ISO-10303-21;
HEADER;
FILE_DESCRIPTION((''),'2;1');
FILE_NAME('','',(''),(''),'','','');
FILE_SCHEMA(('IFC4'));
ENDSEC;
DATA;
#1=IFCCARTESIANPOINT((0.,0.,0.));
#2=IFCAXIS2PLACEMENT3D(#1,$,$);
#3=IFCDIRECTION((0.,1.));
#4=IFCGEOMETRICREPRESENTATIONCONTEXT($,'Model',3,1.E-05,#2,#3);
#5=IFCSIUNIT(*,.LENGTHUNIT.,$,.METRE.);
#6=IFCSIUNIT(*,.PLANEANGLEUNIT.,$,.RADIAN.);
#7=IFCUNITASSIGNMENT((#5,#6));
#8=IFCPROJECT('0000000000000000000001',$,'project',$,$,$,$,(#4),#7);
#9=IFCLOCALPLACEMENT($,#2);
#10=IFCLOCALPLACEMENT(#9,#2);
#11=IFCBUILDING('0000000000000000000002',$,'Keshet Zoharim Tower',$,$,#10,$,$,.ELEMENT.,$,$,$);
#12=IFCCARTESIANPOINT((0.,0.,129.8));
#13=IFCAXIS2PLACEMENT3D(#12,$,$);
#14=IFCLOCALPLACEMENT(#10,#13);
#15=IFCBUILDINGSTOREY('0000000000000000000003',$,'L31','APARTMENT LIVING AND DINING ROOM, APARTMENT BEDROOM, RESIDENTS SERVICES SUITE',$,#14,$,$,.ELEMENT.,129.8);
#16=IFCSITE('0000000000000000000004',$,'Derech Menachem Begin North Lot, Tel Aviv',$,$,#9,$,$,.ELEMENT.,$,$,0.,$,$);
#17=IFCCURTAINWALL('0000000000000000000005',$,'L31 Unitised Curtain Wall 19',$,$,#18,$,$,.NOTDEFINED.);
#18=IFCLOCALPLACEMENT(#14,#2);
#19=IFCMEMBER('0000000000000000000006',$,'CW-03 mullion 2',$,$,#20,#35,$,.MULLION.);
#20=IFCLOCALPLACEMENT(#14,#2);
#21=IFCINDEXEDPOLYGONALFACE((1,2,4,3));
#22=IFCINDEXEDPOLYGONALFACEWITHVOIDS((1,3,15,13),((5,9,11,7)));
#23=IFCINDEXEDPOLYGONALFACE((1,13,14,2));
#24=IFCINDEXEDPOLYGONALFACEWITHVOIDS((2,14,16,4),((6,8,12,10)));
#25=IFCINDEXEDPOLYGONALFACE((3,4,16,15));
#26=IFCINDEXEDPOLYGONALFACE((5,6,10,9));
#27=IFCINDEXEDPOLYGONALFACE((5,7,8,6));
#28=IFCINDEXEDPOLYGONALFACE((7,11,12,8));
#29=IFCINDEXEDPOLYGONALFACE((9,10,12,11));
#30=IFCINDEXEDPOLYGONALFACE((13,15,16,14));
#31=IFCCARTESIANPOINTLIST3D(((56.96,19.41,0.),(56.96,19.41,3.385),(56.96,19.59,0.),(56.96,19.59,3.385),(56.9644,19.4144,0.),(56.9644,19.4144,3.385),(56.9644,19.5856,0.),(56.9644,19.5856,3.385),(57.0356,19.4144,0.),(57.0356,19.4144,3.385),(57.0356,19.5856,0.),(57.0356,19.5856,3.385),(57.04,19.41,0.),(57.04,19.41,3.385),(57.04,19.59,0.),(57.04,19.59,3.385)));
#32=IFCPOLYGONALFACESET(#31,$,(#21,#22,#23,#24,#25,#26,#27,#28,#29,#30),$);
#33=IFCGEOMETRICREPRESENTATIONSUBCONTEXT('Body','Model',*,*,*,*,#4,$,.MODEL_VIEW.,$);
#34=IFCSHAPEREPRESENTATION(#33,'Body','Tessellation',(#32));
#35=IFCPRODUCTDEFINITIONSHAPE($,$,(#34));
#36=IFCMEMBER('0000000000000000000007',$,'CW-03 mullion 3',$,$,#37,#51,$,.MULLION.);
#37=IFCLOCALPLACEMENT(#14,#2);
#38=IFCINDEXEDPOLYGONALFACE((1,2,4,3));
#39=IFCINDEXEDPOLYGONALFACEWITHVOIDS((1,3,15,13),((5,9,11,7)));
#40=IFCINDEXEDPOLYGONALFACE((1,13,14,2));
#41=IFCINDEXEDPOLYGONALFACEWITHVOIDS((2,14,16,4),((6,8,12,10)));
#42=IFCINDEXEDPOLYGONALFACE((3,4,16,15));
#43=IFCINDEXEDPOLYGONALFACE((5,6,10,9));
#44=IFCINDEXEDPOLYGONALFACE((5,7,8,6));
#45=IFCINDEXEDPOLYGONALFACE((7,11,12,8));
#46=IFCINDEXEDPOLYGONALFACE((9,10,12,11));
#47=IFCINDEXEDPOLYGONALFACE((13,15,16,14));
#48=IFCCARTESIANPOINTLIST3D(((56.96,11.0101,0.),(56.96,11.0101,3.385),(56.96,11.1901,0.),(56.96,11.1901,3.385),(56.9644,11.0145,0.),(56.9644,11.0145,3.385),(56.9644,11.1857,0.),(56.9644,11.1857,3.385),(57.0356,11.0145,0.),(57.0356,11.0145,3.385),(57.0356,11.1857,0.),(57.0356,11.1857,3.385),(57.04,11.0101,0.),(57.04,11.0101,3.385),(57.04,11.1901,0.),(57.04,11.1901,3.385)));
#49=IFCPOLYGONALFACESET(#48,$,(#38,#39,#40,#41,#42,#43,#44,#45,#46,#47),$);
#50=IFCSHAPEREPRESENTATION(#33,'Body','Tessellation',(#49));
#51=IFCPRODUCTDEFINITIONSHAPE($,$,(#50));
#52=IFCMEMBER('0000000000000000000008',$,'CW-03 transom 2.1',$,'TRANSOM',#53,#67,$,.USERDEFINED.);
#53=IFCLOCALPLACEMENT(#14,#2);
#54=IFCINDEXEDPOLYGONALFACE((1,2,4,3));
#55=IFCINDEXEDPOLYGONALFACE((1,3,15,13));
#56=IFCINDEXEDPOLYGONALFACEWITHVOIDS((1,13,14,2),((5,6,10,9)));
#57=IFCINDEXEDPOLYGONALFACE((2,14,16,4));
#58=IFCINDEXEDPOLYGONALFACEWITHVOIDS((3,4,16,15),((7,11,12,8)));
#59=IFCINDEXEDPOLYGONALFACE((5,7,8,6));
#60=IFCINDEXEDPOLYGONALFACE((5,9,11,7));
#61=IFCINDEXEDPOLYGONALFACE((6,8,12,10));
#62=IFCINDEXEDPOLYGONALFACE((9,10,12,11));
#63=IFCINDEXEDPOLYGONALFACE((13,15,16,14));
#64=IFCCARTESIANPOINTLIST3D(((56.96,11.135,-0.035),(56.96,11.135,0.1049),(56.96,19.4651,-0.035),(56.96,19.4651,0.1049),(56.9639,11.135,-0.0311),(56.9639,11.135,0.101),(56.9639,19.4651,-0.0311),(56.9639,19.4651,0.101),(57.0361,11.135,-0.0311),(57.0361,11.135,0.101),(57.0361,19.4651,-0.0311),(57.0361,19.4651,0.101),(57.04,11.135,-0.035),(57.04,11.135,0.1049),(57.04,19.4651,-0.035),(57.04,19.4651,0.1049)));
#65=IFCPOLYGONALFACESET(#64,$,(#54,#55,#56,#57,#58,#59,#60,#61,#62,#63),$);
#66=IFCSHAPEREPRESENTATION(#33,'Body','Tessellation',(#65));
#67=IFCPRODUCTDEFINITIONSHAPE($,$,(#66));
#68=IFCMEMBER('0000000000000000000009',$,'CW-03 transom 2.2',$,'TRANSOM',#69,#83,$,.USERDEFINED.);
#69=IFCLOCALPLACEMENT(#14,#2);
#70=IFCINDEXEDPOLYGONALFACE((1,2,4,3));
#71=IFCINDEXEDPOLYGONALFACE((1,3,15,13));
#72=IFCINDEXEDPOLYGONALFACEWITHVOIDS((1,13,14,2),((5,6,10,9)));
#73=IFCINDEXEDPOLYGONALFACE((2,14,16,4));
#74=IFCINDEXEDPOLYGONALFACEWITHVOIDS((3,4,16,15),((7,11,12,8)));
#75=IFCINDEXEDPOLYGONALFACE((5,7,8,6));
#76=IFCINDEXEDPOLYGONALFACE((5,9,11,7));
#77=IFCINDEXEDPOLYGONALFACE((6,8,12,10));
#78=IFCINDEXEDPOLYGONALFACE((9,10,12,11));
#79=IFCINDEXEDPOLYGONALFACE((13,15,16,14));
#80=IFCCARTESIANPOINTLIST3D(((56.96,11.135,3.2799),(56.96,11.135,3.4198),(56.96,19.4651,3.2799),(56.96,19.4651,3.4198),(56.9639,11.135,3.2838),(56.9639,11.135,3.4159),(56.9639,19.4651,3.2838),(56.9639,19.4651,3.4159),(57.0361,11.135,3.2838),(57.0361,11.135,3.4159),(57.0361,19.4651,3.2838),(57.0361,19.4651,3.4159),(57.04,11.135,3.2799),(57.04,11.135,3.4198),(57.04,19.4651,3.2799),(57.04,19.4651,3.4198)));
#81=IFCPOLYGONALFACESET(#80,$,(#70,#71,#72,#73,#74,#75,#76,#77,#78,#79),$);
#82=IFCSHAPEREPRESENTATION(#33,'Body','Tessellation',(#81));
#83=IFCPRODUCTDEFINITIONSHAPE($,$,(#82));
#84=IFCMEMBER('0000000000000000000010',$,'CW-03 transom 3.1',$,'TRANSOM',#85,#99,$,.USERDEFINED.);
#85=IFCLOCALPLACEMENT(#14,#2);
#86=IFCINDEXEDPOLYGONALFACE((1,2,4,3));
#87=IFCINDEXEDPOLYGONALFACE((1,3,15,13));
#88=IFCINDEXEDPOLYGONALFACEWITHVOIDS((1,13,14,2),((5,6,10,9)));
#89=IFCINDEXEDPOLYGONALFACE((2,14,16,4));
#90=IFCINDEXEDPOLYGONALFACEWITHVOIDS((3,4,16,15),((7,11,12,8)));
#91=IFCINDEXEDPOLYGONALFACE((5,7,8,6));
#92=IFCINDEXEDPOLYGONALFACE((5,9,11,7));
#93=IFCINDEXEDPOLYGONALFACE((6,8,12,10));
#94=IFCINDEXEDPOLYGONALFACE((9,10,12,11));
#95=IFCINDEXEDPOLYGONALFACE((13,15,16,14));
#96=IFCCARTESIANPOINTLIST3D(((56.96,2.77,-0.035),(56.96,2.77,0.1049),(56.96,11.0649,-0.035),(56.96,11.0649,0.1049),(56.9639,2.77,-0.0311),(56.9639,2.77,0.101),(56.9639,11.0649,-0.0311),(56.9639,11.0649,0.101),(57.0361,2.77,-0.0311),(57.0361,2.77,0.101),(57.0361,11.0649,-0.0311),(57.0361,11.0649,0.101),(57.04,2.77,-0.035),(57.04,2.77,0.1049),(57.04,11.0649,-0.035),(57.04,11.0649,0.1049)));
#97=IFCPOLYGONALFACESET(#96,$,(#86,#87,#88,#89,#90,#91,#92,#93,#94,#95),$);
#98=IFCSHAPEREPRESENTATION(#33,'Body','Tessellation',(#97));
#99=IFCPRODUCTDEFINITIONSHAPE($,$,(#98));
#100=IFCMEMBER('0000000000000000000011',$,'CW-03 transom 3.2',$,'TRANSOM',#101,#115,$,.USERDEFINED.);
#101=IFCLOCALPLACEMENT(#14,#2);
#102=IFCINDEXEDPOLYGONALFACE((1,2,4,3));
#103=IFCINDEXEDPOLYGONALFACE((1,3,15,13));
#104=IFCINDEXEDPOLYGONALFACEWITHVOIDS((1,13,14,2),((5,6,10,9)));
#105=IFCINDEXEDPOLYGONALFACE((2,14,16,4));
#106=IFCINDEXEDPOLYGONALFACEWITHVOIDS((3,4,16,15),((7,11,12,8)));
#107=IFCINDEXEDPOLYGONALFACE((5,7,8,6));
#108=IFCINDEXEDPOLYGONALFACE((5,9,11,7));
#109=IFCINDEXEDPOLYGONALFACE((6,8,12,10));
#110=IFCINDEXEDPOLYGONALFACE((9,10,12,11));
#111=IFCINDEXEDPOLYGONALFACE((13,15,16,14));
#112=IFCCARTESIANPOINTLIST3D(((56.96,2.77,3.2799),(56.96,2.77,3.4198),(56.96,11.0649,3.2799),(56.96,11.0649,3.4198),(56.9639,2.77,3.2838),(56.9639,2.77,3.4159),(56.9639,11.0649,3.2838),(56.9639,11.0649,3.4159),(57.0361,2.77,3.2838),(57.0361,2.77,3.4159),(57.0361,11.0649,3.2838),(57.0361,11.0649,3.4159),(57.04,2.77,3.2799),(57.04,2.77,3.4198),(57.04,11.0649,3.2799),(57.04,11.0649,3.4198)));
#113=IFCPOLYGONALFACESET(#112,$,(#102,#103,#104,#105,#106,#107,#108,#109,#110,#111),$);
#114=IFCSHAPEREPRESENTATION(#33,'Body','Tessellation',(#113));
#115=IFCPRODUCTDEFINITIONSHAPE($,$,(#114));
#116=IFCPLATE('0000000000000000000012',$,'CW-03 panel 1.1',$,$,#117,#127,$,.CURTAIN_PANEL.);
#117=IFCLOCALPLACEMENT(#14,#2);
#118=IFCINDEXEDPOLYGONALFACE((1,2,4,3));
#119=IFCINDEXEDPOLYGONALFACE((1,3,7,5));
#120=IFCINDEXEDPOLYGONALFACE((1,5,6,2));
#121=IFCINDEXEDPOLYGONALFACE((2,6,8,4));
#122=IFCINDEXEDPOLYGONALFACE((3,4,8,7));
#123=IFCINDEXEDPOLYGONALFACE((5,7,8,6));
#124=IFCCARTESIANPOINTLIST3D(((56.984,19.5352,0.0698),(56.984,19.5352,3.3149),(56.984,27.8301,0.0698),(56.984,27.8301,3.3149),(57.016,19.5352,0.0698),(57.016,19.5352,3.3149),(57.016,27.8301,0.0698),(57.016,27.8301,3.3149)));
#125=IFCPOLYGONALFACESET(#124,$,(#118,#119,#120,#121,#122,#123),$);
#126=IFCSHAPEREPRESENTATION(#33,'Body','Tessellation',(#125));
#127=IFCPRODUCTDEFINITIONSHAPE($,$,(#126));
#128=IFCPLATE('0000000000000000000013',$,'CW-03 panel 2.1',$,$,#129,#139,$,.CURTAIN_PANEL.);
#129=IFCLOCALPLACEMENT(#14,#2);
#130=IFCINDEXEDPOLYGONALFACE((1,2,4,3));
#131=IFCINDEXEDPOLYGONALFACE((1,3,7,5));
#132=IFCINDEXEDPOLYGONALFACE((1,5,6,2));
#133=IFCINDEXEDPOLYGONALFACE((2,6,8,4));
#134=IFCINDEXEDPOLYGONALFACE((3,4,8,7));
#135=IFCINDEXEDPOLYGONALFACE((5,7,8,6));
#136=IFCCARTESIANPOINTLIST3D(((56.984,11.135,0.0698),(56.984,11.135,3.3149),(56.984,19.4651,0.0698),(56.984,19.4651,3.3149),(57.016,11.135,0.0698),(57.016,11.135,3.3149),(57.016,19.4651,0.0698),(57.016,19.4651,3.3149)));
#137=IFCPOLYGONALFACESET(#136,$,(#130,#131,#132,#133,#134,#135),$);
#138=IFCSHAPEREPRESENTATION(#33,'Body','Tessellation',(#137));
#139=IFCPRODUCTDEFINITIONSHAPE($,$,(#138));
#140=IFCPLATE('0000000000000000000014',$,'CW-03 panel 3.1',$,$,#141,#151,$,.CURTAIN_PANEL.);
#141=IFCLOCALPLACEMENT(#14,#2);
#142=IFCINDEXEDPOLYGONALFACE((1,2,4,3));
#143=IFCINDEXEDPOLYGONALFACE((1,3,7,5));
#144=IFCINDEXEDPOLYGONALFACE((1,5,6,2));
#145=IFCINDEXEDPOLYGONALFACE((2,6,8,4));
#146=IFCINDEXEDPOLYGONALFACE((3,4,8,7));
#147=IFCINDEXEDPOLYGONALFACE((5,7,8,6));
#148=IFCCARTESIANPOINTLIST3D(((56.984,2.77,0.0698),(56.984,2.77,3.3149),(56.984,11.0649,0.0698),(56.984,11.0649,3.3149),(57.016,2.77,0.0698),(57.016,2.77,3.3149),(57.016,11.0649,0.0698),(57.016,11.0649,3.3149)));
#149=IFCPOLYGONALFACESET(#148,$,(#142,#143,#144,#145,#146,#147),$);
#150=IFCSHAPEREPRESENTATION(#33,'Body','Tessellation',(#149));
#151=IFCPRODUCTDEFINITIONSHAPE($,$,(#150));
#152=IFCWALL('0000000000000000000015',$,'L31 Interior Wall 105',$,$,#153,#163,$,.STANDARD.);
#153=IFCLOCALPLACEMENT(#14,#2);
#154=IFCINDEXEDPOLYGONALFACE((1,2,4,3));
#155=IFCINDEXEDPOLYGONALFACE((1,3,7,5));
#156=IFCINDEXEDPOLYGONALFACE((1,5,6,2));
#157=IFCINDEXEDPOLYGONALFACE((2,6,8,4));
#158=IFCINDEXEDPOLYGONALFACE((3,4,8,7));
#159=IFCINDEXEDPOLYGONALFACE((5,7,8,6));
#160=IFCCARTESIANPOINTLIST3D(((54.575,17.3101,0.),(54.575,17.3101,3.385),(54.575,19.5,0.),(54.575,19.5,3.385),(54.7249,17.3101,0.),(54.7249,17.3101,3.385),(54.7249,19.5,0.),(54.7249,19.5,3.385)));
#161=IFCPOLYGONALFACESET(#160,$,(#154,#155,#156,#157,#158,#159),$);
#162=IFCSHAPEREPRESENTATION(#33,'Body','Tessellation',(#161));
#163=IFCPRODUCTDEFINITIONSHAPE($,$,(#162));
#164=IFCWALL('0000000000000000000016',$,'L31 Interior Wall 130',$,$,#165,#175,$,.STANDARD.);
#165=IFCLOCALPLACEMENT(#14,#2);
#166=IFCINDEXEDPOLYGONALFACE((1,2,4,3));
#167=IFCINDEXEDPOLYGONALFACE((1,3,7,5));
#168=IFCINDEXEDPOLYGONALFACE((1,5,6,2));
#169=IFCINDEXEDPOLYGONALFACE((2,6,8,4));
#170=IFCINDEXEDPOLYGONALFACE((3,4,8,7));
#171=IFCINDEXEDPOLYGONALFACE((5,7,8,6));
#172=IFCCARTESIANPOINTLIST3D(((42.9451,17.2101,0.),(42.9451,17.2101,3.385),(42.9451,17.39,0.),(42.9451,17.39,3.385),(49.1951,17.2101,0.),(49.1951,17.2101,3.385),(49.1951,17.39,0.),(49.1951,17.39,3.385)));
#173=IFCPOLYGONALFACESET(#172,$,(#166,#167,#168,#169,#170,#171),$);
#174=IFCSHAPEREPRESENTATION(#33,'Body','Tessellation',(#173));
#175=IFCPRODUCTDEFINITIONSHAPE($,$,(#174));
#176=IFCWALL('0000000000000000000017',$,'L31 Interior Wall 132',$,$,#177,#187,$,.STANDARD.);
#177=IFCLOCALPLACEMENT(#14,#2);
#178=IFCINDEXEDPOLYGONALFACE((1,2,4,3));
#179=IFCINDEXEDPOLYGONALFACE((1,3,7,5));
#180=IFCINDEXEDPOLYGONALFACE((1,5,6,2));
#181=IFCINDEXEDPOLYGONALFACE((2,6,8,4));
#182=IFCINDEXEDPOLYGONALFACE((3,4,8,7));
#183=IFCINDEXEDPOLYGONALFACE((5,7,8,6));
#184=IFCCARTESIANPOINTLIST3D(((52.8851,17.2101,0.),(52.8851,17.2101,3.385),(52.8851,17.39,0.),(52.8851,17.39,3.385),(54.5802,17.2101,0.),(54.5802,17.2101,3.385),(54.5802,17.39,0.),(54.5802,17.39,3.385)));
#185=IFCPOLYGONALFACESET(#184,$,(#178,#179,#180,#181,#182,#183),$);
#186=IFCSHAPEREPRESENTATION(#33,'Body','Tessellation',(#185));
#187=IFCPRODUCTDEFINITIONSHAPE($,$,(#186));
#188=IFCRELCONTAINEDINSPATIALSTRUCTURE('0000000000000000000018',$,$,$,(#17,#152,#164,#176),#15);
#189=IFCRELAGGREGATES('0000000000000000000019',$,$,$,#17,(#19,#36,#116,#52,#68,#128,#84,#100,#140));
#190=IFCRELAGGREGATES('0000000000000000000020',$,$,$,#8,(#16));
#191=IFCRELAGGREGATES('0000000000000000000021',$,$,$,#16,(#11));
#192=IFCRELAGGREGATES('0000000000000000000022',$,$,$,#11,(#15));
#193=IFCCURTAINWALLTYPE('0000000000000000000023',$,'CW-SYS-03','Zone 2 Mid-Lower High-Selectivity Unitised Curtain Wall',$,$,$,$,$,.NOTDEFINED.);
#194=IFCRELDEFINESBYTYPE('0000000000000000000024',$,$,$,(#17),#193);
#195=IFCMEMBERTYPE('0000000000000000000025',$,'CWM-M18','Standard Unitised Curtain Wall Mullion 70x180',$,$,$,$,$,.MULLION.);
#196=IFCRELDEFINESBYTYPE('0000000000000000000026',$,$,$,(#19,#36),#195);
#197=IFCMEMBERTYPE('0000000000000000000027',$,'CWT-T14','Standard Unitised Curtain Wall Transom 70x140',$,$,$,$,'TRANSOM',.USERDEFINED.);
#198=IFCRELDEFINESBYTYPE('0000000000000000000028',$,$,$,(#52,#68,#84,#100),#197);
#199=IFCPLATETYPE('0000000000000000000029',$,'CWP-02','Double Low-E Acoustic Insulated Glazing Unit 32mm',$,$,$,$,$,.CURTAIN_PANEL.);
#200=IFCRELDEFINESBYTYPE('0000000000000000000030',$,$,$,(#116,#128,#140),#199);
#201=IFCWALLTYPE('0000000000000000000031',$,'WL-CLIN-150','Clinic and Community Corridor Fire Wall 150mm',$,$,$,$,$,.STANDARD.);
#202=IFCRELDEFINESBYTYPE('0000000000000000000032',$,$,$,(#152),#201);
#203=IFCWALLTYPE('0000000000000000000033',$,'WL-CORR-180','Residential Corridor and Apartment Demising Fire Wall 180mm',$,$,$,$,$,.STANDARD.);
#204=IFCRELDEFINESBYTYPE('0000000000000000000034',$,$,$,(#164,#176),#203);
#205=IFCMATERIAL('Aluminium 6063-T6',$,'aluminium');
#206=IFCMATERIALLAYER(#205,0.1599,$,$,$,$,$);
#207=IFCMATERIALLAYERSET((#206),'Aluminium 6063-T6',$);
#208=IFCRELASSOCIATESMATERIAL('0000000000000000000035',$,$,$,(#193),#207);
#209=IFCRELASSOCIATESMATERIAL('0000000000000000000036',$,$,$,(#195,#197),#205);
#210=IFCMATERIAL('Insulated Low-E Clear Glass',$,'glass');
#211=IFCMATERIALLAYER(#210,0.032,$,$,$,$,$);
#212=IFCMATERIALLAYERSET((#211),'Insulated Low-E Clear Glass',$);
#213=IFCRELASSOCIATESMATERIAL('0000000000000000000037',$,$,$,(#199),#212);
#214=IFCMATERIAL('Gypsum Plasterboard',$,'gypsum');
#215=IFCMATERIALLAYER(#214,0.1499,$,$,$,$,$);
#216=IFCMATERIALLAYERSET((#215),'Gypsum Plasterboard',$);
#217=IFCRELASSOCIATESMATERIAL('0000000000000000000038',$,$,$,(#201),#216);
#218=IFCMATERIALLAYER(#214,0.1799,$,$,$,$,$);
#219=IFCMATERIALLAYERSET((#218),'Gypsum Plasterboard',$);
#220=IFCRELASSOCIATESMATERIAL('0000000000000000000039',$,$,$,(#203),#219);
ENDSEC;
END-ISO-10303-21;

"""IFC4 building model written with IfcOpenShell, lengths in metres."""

from ifc_helpers import new_model, si_unit, direction, frame, frame_2d, origin, origin_2d, place, context, subcontext, project, spatial, rectangle, hollow_rectangle, extrude, material, layer, layer_set, material_profile, profile_set, type_object, element, aggregate, save


model = new_model("IFC4")

# Units and contexts
model_context = context("Model", 3, precision=1e-05, world=origin(), true_north=direction((0.0, 1.0)))
body_context = subcontext(model_context, "Body", "Model", "MODEL_VIEW")
ifc_project = project(units=[si_unit("LENGTHUNIT", "METRE"), si_unit("PLANEANGLEUNIT", "RADIAN")], contexts=[model_context])

# Site, building, storey
site_placement = place(None, origin())
site = spatial("IfcSite", under=ifc_project, at=site_placement, Name="Derech Menachem Begin North Lot, Tel Aviv", CompositionType="ELEMENT", RefElevation=0.0)
building_placement = place(site_placement, origin())
building = spatial("IfcBuilding", under=site, at=building_placement, Name="Keshet Zoharim Tower", CompositionType="ELEMENT")
storey_placement = place(building_placement, frame((0.0, 0.0, 129.8)))
storey = spatial("IfcBuildingStorey", under=building, at=storey_placement, Name="L31", Description="APARTMENT LIVING AND DINING ROOM, APARTMENT BEDROOM, RESIDENTS SERVICES SUITE", CompositionType="ELEMENT", Elevation=129.8)

# Curtain wall, members, plates
ifc_material_1 = material(Name="Aluminium 6063-T6", Category="aluminium")
ifc_layer_1 = layer(ifc_material_1, 0.1599)
ifc_layer_set_1 = layer_set([ifc_layer_1], Name="Aluminium 6063-T6")
curtain_wall_type = type_object("IfcCurtainWallType", Name="CW-SYS-03", Description="Zone 2 Mid-Lower High-Selectivity Unitised Curtain Wall", PredefinedType="NOTDEFINED", material=ifc_layer_set_1)
curtain_wall_placement = place(storey_placement, origin())
curtain_wall = element("IfcCurtainWall", 1, at=curtain_wall_placement, inside=storey, type_object=curtain_wall_type, Name="L31 Unitised Curtain Wall 19", PredefinedType="NOTDEFINED")
ifc_material_profile_1 = material_profile(ifc_material_1, hollow_rectangle(XDim=0.0801, YDim=0.1799, WallThickness=0.0044, at=origin_2d()), Name="MUL-80x180")
ifc_profile_set_1 = profile_set([ifc_material_profile_1], Name="Aluminium 6063-T6")
member_type_1 = type_object("IfcMemberType", Name="CWM-M18", Description="Standard Unitised Curtain Wall Mullion 70x180", PredefinedType="MULLION", material=ifc_profile_set_1)
member_1_placement = place(storey_placement, frame((57.0, 19.5, 0.0), z_axis=(0.0, 0.0, 1.0), x_axis=(1.0, 0.0, 0.0)))
member_1 = element("IfcMember", 2, at=member_1_placement, type_object=member_type_1, Name="CW-03 mullion 2", PredefinedType="MULLION", context=body_context, shape_type="SweptSolid", body=[
    extrude(hollow_rectangle(XDim=0.0801, YDim=0.1799, WallThickness=0.0044, at=origin_2d()), origin(), (0.0, 0.0, 1.0), 3.385),
])
member_2_placement = place(storey_placement, frame((57.0, 11.1001, 0.0), z_axis=(0.0, 0.0, 1.0), x_axis=(1.0, 0.0, 0.0)))
member_2 = element("IfcMember", 3, at=member_2_placement, type_object=member_type_1, Name="CW-03 mullion 3", PredefinedType="MULLION", context=body_context, shape_type="SweptSolid", body=[
    extrude(hollow_rectangle(XDim=0.0801, YDim=0.1799, WallThickness=0.0044, at=origin_2d()), origin(), (0.0, 0.0, 1.0), 3.385),
])
ifc_material_profile_2 = material_profile(ifc_material_1, hollow_rectangle(XDim=0.0801, YDim=0.1399, WallThickness=0.0039, at=origin_2d()), Name="TRN-80x140")
ifc_profile_set_2 = profile_set([ifc_material_profile_2], Name="Aluminium 6063-T6")
member_type_2 = type_object("IfcMemberType", Name="CWT-T14", Description="Standard Unitised Curtain Wall Transom 70x140", ElementType="TRANSOM", PredefinedType="USERDEFINED", material=ifc_profile_set_2)
member_3_placement = place(storey_placement, frame((57.0, 19.4651, 0.0349), z_axis=(0.0, -1.0, 0.0), x_axis=(1.0, 0.0, 0.0)))
member_3 = element("IfcMember", 4, at=member_3_placement, type_object=member_type_2, Name="CW-03 transom 2.1", ObjectType="TRANSOM", PredefinedType="USERDEFINED", context=body_context, shape_type="SweptSolid", body=[
    extrude(hollow_rectangle(XDim=0.0801, YDim=0.1399, WallThickness=0.0039, at=origin_2d()), origin(), (0.0, 0.0, 1.0), 8.3301),
])
member_4_placement = place(storey_placement, frame((57.0, 19.4651, 3.3499), z_axis=(0.0, -1.0, 0.0), x_axis=(1.0, 0.0, 0.0)))
member_4 = element("IfcMember", 5, at=member_4_placement, type_object=member_type_2, Name="CW-03 transom 2.2", ObjectType="TRANSOM", PredefinedType="USERDEFINED", context=body_context, shape_type="SweptSolid", body=[
    extrude(hollow_rectangle(XDim=0.0801, YDim=0.1399, WallThickness=0.0039, at=origin_2d()), origin(), (0.0, 0.0, 1.0), 8.3301),
])
member_5_placement = place(storey_placement, frame((57.0, 11.0649, 0.0349), z_axis=(0.0, -1.0, 0.0), x_axis=(1.0, 0.0, 0.0)))
member_5 = element("IfcMember", 6, at=member_5_placement, type_object=member_type_2, Name="CW-03 transom 3.1", ObjectType="TRANSOM", PredefinedType="USERDEFINED", context=body_context, shape_type="SweptSolid", body=[
    extrude(hollow_rectangle(XDim=0.0801, YDim=0.1399, WallThickness=0.0039, at=origin_2d()), origin(), (0.0, 0.0, 1.0), 8.2949),
])
member_6_placement = place(storey_placement, frame((57.0, 11.0649, 3.3499), z_axis=(0.0, -1.0, 0.0), x_axis=(1.0, 0.0, 0.0)))
member_6 = element("IfcMember", 7, at=member_6_placement, type_object=member_type_2, Name="CW-03 transom 3.2", ObjectType="TRANSOM", PredefinedType="USERDEFINED", context=body_context, shape_type="SweptSolid", body=[
    extrude(hollow_rectangle(XDim=0.0801, YDim=0.1399, WallThickness=0.0039, at=origin_2d()), origin(), (0.0, 0.0, 1.0), 8.2949),
])
ifc_material_2 = material(Name="Insulated Low-E Clear Glass", Category="glass")
ifc_layer_2 = layer(ifc_material_2, 0.032)
ifc_layer_set_2 = layer_set([ifc_layer_2], Name="Insulated Low-E Clear Glass")
plate_type = type_object("IfcPlateType", Name="CWP-02", Description="Double Low-E Acoustic Insulated Glazing Unit 32mm", PredefinedType="CURTAIN_PANEL", material=ifc_layer_set_2)
plate_1_placement = place(storey_placement, frame((57.0, 23.6826, 0.0698), z_axis=(0.0, 0.0, 1.0), x_axis=(0.0, -1.0, 0.0)))
plate_1 = element("IfcPlate", 8, at=plate_1_placement, type_object=plate_type, Name="CW-03 panel 1.1", PredefinedType="CURTAIN_PANEL", context=body_context, shape_type="SweptSolid", body=[
    extrude(rectangle(XDim=8.2949, YDim=0.032, at=origin_2d()), origin(), (0.0, 0.0, 1.0), 3.2451),
])
plate_2_placement = place(storey_placement, frame((57.0, 15.3, 0.0698), z_axis=(0.0, 0.0, 1.0), x_axis=(0.0, -1.0, 0.0)))
plate_2 = element("IfcPlate", 9, at=plate_2_placement, type_object=plate_type, Name="CW-03 panel 2.1", PredefinedType="CURTAIN_PANEL", context=body_context, shape_type="SweptSolid", body=[
    extrude(rectangle(XDim=8.3301, YDim=0.032, at=origin_2d()), origin(), (0.0, 0.0, 1.0), 3.2451),
])
plate_3_placement = place(storey_placement, frame((57.0, 6.9175, 0.0698), z_axis=(0.0, 0.0, 1.0), x_axis=(0.0, -1.0, 0.0)))
plate_3 = element("IfcPlate", 10, at=plate_3_placement, type_object=plate_type, Name="CW-03 panel 3.1", PredefinedType="CURTAIN_PANEL", context=body_context, shape_type="SweptSolid", body=[
    extrude(rectangle(XDim=8.2949, YDim=0.032, at=origin_2d()), origin(), (0.0, 0.0, 1.0), 3.2451),
])
aggregate(curtain_wall, [member_1, member_2, plate_1, member_3, member_4, plate_2, member_5, member_6, plate_3])

# Walls
ifc_material_3 = material(Name="Gypsum Plasterboard", Category="gypsum")
ifc_layer_3 = layer(ifc_material_3, 0.1499)
ifc_layer_set_3 = layer_set([ifc_layer_3], Name="Gypsum Plasterboard")
wall_type_1 = type_object("IfcWallType", Name="WL-CLIN-150", Description="Clinic and Community Corridor Fire Wall 150mm", PredefinedType="STANDARD", material=ifc_layer_set_3)
wall_1_placement = place(storey_placement, frame((54.6499, 17.3101, 0.0), z_axis=(0.0, 0.0, 1.0), x_axis=(0.0, 1.0, 0.0)))
element("IfcWall", 11, at=wall_1_placement, inside=storey, type_object=wall_type_1, Name="L31 Interior Wall 105", PredefinedType="STANDARD", context=body_context, shape_type="SweptSolid", body=[
    extrude(rectangle(XDim=2.1899, YDim=0.1499, at=frame_2d((1.095, 0.0))), origin(), (0.0, 0.0, 1.0), 3.385),
])
ifc_layer_4 = layer(ifc_material_3, 0.1799)
ifc_layer_set_4 = layer_set([ifc_layer_4], Name="Gypsum Plasterboard")
wall_type_2 = type_object("IfcWallType", Name="WL-CORR-180", Description="Residential Corridor and Apartment Demising Fire Wall 180mm", PredefinedType="STANDARD", material=ifc_layer_set_4)
wall_2_placement = place(storey_placement, frame((42.9451, 17.3, 0.0), z_axis=(0.0, 0.0, 1.0), x_axis=(1.0, 0.0, 0.0)))
element("IfcWall", 12, at=wall_2_placement, inside=storey, type_object=wall_type_2, Name="L31 Interior Wall 130", PredefinedType="STANDARD", context=body_context, shape_type="SweptSolid", body=[
    extrude(rectangle(XDim=6.25, YDim=0.1799, at=frame_2d((3.125, 0.0))), origin(), (0.0, 0.0, 1.0), 3.385),
])

# Wall
wall_3_placement = place(storey_placement, frame((52.885, 17.3, 0.0), z_axis=(0.0, 0.0, 1.0), x_axis=(1.0, 0.0, 0.0)))
element("IfcWall", 13, at=wall_3_placement, inside=storey, type_object=wall_type_2, Name="L31 Interior Wall 132", PredefinedType="STANDARD", context=body_context, shape_type="SweptSolid", body=[
    extrude(rectangle(XDim=1.6951, YDim=0.1799, at=frame_2d((0.8477, 0.0))), origin(), (0.0, 0.0, 1.0), 3.385),
])

save(model, "model.ifc")
